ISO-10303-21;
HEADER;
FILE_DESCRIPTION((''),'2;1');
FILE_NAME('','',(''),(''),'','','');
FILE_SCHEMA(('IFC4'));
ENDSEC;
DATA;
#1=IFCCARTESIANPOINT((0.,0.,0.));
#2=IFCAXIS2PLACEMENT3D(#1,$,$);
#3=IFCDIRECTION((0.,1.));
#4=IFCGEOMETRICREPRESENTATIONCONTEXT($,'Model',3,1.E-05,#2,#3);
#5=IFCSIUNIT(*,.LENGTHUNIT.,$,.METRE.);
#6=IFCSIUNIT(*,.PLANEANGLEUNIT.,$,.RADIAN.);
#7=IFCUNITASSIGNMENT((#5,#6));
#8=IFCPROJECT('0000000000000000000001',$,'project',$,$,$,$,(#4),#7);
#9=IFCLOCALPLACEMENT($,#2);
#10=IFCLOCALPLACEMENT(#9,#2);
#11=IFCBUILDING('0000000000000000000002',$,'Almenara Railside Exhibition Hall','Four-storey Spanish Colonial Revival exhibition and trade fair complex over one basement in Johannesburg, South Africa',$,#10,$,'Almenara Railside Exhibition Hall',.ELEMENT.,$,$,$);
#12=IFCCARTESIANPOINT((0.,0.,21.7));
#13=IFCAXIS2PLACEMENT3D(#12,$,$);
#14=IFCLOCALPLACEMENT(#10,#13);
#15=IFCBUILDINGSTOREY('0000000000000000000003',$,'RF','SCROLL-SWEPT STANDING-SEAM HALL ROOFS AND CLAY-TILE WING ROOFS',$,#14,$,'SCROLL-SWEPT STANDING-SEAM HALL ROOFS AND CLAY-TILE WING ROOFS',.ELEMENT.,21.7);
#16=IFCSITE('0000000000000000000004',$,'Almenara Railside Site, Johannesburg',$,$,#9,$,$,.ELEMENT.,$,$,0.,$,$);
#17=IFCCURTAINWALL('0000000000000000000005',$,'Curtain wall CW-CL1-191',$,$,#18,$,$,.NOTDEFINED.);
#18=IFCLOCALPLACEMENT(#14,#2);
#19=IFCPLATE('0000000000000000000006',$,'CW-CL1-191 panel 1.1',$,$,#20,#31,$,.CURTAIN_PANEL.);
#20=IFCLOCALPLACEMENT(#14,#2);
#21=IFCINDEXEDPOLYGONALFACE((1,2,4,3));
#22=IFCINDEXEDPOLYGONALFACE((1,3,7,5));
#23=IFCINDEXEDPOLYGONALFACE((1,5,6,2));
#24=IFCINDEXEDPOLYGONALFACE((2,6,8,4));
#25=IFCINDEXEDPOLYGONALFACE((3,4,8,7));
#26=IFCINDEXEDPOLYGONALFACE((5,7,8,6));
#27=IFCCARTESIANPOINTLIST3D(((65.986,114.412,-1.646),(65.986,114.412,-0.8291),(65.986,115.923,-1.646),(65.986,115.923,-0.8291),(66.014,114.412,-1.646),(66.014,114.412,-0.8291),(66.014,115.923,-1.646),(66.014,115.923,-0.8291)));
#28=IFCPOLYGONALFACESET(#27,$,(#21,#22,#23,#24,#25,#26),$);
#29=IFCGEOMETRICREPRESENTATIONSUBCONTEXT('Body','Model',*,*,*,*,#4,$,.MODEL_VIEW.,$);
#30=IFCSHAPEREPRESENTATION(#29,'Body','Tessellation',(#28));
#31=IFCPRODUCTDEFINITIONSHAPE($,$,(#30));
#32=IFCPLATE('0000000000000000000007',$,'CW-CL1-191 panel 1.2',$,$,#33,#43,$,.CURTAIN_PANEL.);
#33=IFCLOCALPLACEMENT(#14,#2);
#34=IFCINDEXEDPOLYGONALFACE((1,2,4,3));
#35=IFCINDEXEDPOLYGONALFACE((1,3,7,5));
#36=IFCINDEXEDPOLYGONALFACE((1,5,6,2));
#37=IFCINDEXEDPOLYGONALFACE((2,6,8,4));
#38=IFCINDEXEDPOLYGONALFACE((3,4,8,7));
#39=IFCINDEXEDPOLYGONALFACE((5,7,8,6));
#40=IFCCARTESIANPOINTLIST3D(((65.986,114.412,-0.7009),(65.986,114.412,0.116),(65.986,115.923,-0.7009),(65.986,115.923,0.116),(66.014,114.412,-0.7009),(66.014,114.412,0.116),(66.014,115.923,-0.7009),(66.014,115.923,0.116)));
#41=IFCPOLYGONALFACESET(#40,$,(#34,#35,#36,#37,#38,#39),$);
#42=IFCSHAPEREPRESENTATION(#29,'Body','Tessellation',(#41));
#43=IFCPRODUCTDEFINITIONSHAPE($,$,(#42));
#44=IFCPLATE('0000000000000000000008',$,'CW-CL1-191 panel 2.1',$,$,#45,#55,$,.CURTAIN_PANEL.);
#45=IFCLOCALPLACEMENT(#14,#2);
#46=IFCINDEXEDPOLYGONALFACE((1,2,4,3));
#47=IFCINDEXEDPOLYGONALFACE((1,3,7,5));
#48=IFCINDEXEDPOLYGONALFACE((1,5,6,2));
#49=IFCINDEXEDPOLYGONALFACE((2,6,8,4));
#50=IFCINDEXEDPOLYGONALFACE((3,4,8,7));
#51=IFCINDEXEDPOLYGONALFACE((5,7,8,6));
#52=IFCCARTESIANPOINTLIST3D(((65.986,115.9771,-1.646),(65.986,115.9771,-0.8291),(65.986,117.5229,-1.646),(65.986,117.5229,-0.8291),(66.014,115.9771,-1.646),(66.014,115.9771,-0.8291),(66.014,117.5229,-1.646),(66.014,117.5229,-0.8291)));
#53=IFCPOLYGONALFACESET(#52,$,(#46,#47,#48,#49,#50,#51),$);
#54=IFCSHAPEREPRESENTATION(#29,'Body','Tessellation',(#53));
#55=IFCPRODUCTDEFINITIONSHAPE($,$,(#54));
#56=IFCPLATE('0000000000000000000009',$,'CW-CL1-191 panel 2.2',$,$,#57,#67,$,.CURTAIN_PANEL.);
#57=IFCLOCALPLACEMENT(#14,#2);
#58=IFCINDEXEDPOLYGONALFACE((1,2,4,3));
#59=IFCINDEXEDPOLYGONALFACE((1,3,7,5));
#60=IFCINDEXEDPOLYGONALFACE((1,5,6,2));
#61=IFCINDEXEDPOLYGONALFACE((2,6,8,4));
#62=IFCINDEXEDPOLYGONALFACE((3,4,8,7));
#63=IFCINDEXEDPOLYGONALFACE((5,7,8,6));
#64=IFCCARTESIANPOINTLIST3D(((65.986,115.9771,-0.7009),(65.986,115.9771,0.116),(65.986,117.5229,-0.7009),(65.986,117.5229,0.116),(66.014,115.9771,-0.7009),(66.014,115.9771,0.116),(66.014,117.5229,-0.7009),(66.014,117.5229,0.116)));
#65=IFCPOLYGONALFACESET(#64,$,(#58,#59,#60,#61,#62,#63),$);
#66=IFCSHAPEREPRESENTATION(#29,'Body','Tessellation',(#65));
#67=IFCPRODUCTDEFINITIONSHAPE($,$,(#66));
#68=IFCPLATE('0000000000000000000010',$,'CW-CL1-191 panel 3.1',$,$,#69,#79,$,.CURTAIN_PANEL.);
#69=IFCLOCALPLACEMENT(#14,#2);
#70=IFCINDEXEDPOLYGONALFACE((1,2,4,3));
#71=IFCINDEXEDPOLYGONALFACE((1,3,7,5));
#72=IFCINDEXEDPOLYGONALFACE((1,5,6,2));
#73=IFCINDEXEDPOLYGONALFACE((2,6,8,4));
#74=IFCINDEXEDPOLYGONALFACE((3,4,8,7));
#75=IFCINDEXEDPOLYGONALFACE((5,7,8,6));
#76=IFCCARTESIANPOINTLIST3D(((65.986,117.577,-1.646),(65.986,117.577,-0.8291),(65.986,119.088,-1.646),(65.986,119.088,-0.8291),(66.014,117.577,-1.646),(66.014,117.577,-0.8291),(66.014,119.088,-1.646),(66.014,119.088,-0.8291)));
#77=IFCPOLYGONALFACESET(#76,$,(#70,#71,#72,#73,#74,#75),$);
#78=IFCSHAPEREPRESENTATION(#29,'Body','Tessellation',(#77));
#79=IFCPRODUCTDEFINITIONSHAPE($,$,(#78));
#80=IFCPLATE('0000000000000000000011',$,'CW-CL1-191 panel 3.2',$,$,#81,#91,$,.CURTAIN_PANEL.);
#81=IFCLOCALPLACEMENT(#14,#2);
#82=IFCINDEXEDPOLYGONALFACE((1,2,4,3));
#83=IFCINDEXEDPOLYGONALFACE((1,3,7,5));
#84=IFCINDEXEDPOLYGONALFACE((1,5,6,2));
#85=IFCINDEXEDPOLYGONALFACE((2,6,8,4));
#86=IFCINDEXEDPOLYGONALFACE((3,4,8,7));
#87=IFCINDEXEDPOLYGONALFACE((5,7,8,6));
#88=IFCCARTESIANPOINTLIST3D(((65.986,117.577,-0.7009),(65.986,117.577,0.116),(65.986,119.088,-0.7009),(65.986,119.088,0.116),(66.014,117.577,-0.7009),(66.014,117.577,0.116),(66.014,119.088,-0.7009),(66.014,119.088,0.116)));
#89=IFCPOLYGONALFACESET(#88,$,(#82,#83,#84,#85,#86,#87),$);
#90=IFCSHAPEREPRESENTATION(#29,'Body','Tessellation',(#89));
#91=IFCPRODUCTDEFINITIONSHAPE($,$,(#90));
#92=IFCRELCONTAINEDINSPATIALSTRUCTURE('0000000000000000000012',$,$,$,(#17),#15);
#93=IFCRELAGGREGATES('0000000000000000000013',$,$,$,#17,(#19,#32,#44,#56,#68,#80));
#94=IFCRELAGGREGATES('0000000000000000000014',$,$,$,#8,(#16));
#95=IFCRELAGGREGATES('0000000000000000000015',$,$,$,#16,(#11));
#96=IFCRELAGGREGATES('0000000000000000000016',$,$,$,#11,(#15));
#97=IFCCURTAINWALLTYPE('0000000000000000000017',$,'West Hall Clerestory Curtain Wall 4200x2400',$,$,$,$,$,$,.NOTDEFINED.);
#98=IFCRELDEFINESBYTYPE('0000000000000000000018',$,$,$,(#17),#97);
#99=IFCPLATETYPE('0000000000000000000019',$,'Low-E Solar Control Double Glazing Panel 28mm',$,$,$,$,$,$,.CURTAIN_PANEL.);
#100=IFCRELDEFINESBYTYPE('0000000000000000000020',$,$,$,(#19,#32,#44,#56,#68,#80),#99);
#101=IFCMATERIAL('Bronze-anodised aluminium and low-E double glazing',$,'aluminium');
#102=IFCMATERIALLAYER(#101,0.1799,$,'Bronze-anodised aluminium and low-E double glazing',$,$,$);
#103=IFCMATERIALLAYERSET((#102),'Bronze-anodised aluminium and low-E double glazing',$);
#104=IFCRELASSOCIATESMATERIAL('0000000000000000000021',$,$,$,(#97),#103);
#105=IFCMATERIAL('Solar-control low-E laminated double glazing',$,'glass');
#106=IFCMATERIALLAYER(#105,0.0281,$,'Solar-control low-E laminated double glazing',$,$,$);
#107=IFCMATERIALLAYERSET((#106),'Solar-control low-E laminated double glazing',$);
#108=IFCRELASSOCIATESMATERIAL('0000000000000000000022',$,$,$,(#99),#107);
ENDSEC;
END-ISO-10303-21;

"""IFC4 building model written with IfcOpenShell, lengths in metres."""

from ifc_helpers import new_model, si_unit, direction, frame, origin, origin_2d, place, context, subcontext, project, spatial, rectangle, extrude, material, layer, layer_set, type_object, element, aggregate, save


model = new_model("IFC4")

# Units and contexts
model_context = context("Model", 3, precision=1e-05, world=origin(), true_north=direction((0.0, 1.0)))
body_context = subcontext(model_context, "Body", "Model", "MODEL_VIEW")
ifc_project = project(units=[si_unit("LENGTHUNIT", "METRE"), si_unit("PLANEANGLEUNIT", "RADIAN")], contexts=[model_context])

# Site, building, storey
site_placement = place(None, origin())
site = spatial("IfcSite", under=ifc_project, at=site_placement, Name="Almenara Railside Site, Johannesburg", CompositionType="ELEMENT", RefElevation=0.0)
building_placement = place(site_placement, origin())
building = spatial("IfcBuilding", under=site, at=building_placement, Name="Almenara Railside Exhibition Hall", Description="Four-storey Spanish Colonial Revival exhibition and trade fair complex over one basement in Johannesburg, South Africa", LongName="Almenara Railside Exhibition Hall", CompositionType="ELEMENT")
storey_placement = place(building_placement, frame((0.0, 0.0, 21.7)))
storey = spatial("IfcBuildingStorey", under=building, at=storey_placement, Name="RF", Description="SCROLL-SWEPT STANDING-SEAM HALL ROOFS AND CLAY-TILE WING ROOFS", LongName="SCROLL-SWEPT STANDING-SEAM HALL ROOFS AND CLAY-TILE WING ROOFS", CompositionType="ELEMENT", Elevation=21.7)

# Curtain wall
ifc_material_1 = material(Name="Bronze-anodised aluminium and low-E double glazing", Category="aluminium")
ifc_layer_1 = layer(ifc_material_1, 0.1799, Name="Bronze-anodised aluminium and low-E double glazing")
ifc_layer_set_1 = layer_set([ifc_layer_1], Name="Bronze-anodised aluminium and low-E double glazing")
curtain_wall_type = type_object("IfcCurtainWallType", Name="West Hall Clerestory Curtain Wall 4200x2400", PredefinedType="NOTDEFINED", material=ifc_layer_set_1)
curtain_wall_1_placement = place(storey_placement, origin())
curtain_wall_1 = element("IfcCurtainWall", 1, at=curtain_wall_1_placement, inside=storey, type_object=curtain_wall_type, Name="Curtain wall CW-CL1-191", PredefinedType="NOTDEFINED")

# Plates
ifc_material_2 = material(Name="Solar-control low-E laminated double glazing", Category="glass")
ifc_layer_2 = layer(ifc_material_2, 0.0281, Name="Solar-control low-E laminated double glazing")
ifc_layer_set_2 = layer_set([ifc_layer_2], Name="Solar-control low-E laminated double glazing")
plate_type_1 = type_object("IfcPlateType", Name="Low-E Solar Control Double Glazing Panel 28mm", PredefinedType="CURTAIN_PANEL", material=ifc_layer_set_2)
plate_1_placement = place(storey_placement, frame((66.0, 115.1675, -1.646), z_axis=(0.0, 0.0, 1.0), x_axis=(0.0, 1.0, 0.0)))
plate_1 = element("IfcPlate", 2, at=plate_1_placement, type_object=plate_type_1, Name="CW-CL1-191 panel 1.1", PredefinedType="CURTAIN_PANEL", context=body_context, shape_type="SweptSolid", body=[
    extrude(rectangle(XDim=1.511, YDim=0.0281, at=origin_2d()), origin(), (0.0, 0.0, 1.0), 0.8169),
])
plate_2_placement = place(storey_placement, frame((66.0, 115.1675, -0.7009), z_axis=(0.0, 0.0, 1.0), x_axis=(0.0, 1.0, 0.0)))
plate_2 = element("IfcPlate", 3, at=plate_2_placement, type_object=plate_type_1, Name="CW-CL1-191 panel 1.2", PredefinedType="CURTAIN_PANEL", context=body_context, shape_type="SweptSolid", body=[
    extrude(rectangle(XDim=1.511, YDim=0.0281, at=origin_2d()), origin(), (0.0, 0.0, 1.0), 0.8169),
])
plate_3_placement = place(storey_placement, frame((66.0, 116.75, -1.646), z_axis=(0.0, 0.0, 1.0), x_axis=(0.0, 1.0, 0.0)))
plate_3 = element("IfcPlate", 4, at=plate_3_placement, type_object=plate_type_1, Name="CW-CL1-191 panel 2.1", PredefinedType="CURTAIN_PANEL", context=body_context, shape_type="SweptSolid", body=[
    extrude(rectangle(XDim=1.5459, YDim=0.0281, at=origin_2d()), origin(), (0.0, 0.0, 1.0), 0.8169),
])
plate_4_placement = place(storey_placement, frame((66.0, 116.75, -0.7009), z_axis=(0.0, 0.0, 1.0), x_axis=(0.0, 1.0, 0.0)))
plate_4 = element("IfcPlate", 5, at=plate_4_placement, type_object=plate_type_1, Name="CW-CL1-191 panel 2.2", PredefinedType="CURTAIN_PANEL", context=body_context, shape_type="SweptSolid", body=[
    extrude(rectangle(XDim=1.5459, YDim=0.0281, at=origin_2d()), origin(), (0.0, 0.0, 1.0), 0.8169),
])
plate_5_placement = place(storey_placement, frame((66.0, 118.3325, -1.646), z_axis=(0.0, 0.0, 1.0), x_axis=(0.0, 1.0, 0.0)))
plate_5 = element("IfcPlate", 6, at=plate_5_placement, type_object=plate_type_1, Name="CW-CL1-191 panel 3.1", PredefinedType="CURTAIN_PANEL", context=body_context, shape_type="SweptSolid", body=[
    extrude(rectangle(XDim=1.511, YDim=0.0281, at=origin_2d()), origin(), (0.0, 0.0, 1.0), 0.8169),
])
plate_6_placement = place(storey_placement, frame((66.0, 118.3325, -0.7009), z_axis=(0.0, 0.0, 1.0), x_axis=(0.0, 1.0, 0.0)))
plate_6 = element("IfcPlate", 7, at=plate_6_placement, type_object=plate_type_1, Name="CW-CL1-191 panel 3.2", PredefinedType="CURTAIN_PANEL", context=body_context, shape_type="SweptSolid", body=[
    extrude(rectangle(XDim=1.511, YDim=0.0281, at=origin_2d()), origin(), (0.0, 0.0, 1.0), 0.8169),
])
aggregate(curtain_wall_1, [plate_1, plate_2, plate_3, plate_4, plate_5, plate_6])

save(model, "model.ifc")
